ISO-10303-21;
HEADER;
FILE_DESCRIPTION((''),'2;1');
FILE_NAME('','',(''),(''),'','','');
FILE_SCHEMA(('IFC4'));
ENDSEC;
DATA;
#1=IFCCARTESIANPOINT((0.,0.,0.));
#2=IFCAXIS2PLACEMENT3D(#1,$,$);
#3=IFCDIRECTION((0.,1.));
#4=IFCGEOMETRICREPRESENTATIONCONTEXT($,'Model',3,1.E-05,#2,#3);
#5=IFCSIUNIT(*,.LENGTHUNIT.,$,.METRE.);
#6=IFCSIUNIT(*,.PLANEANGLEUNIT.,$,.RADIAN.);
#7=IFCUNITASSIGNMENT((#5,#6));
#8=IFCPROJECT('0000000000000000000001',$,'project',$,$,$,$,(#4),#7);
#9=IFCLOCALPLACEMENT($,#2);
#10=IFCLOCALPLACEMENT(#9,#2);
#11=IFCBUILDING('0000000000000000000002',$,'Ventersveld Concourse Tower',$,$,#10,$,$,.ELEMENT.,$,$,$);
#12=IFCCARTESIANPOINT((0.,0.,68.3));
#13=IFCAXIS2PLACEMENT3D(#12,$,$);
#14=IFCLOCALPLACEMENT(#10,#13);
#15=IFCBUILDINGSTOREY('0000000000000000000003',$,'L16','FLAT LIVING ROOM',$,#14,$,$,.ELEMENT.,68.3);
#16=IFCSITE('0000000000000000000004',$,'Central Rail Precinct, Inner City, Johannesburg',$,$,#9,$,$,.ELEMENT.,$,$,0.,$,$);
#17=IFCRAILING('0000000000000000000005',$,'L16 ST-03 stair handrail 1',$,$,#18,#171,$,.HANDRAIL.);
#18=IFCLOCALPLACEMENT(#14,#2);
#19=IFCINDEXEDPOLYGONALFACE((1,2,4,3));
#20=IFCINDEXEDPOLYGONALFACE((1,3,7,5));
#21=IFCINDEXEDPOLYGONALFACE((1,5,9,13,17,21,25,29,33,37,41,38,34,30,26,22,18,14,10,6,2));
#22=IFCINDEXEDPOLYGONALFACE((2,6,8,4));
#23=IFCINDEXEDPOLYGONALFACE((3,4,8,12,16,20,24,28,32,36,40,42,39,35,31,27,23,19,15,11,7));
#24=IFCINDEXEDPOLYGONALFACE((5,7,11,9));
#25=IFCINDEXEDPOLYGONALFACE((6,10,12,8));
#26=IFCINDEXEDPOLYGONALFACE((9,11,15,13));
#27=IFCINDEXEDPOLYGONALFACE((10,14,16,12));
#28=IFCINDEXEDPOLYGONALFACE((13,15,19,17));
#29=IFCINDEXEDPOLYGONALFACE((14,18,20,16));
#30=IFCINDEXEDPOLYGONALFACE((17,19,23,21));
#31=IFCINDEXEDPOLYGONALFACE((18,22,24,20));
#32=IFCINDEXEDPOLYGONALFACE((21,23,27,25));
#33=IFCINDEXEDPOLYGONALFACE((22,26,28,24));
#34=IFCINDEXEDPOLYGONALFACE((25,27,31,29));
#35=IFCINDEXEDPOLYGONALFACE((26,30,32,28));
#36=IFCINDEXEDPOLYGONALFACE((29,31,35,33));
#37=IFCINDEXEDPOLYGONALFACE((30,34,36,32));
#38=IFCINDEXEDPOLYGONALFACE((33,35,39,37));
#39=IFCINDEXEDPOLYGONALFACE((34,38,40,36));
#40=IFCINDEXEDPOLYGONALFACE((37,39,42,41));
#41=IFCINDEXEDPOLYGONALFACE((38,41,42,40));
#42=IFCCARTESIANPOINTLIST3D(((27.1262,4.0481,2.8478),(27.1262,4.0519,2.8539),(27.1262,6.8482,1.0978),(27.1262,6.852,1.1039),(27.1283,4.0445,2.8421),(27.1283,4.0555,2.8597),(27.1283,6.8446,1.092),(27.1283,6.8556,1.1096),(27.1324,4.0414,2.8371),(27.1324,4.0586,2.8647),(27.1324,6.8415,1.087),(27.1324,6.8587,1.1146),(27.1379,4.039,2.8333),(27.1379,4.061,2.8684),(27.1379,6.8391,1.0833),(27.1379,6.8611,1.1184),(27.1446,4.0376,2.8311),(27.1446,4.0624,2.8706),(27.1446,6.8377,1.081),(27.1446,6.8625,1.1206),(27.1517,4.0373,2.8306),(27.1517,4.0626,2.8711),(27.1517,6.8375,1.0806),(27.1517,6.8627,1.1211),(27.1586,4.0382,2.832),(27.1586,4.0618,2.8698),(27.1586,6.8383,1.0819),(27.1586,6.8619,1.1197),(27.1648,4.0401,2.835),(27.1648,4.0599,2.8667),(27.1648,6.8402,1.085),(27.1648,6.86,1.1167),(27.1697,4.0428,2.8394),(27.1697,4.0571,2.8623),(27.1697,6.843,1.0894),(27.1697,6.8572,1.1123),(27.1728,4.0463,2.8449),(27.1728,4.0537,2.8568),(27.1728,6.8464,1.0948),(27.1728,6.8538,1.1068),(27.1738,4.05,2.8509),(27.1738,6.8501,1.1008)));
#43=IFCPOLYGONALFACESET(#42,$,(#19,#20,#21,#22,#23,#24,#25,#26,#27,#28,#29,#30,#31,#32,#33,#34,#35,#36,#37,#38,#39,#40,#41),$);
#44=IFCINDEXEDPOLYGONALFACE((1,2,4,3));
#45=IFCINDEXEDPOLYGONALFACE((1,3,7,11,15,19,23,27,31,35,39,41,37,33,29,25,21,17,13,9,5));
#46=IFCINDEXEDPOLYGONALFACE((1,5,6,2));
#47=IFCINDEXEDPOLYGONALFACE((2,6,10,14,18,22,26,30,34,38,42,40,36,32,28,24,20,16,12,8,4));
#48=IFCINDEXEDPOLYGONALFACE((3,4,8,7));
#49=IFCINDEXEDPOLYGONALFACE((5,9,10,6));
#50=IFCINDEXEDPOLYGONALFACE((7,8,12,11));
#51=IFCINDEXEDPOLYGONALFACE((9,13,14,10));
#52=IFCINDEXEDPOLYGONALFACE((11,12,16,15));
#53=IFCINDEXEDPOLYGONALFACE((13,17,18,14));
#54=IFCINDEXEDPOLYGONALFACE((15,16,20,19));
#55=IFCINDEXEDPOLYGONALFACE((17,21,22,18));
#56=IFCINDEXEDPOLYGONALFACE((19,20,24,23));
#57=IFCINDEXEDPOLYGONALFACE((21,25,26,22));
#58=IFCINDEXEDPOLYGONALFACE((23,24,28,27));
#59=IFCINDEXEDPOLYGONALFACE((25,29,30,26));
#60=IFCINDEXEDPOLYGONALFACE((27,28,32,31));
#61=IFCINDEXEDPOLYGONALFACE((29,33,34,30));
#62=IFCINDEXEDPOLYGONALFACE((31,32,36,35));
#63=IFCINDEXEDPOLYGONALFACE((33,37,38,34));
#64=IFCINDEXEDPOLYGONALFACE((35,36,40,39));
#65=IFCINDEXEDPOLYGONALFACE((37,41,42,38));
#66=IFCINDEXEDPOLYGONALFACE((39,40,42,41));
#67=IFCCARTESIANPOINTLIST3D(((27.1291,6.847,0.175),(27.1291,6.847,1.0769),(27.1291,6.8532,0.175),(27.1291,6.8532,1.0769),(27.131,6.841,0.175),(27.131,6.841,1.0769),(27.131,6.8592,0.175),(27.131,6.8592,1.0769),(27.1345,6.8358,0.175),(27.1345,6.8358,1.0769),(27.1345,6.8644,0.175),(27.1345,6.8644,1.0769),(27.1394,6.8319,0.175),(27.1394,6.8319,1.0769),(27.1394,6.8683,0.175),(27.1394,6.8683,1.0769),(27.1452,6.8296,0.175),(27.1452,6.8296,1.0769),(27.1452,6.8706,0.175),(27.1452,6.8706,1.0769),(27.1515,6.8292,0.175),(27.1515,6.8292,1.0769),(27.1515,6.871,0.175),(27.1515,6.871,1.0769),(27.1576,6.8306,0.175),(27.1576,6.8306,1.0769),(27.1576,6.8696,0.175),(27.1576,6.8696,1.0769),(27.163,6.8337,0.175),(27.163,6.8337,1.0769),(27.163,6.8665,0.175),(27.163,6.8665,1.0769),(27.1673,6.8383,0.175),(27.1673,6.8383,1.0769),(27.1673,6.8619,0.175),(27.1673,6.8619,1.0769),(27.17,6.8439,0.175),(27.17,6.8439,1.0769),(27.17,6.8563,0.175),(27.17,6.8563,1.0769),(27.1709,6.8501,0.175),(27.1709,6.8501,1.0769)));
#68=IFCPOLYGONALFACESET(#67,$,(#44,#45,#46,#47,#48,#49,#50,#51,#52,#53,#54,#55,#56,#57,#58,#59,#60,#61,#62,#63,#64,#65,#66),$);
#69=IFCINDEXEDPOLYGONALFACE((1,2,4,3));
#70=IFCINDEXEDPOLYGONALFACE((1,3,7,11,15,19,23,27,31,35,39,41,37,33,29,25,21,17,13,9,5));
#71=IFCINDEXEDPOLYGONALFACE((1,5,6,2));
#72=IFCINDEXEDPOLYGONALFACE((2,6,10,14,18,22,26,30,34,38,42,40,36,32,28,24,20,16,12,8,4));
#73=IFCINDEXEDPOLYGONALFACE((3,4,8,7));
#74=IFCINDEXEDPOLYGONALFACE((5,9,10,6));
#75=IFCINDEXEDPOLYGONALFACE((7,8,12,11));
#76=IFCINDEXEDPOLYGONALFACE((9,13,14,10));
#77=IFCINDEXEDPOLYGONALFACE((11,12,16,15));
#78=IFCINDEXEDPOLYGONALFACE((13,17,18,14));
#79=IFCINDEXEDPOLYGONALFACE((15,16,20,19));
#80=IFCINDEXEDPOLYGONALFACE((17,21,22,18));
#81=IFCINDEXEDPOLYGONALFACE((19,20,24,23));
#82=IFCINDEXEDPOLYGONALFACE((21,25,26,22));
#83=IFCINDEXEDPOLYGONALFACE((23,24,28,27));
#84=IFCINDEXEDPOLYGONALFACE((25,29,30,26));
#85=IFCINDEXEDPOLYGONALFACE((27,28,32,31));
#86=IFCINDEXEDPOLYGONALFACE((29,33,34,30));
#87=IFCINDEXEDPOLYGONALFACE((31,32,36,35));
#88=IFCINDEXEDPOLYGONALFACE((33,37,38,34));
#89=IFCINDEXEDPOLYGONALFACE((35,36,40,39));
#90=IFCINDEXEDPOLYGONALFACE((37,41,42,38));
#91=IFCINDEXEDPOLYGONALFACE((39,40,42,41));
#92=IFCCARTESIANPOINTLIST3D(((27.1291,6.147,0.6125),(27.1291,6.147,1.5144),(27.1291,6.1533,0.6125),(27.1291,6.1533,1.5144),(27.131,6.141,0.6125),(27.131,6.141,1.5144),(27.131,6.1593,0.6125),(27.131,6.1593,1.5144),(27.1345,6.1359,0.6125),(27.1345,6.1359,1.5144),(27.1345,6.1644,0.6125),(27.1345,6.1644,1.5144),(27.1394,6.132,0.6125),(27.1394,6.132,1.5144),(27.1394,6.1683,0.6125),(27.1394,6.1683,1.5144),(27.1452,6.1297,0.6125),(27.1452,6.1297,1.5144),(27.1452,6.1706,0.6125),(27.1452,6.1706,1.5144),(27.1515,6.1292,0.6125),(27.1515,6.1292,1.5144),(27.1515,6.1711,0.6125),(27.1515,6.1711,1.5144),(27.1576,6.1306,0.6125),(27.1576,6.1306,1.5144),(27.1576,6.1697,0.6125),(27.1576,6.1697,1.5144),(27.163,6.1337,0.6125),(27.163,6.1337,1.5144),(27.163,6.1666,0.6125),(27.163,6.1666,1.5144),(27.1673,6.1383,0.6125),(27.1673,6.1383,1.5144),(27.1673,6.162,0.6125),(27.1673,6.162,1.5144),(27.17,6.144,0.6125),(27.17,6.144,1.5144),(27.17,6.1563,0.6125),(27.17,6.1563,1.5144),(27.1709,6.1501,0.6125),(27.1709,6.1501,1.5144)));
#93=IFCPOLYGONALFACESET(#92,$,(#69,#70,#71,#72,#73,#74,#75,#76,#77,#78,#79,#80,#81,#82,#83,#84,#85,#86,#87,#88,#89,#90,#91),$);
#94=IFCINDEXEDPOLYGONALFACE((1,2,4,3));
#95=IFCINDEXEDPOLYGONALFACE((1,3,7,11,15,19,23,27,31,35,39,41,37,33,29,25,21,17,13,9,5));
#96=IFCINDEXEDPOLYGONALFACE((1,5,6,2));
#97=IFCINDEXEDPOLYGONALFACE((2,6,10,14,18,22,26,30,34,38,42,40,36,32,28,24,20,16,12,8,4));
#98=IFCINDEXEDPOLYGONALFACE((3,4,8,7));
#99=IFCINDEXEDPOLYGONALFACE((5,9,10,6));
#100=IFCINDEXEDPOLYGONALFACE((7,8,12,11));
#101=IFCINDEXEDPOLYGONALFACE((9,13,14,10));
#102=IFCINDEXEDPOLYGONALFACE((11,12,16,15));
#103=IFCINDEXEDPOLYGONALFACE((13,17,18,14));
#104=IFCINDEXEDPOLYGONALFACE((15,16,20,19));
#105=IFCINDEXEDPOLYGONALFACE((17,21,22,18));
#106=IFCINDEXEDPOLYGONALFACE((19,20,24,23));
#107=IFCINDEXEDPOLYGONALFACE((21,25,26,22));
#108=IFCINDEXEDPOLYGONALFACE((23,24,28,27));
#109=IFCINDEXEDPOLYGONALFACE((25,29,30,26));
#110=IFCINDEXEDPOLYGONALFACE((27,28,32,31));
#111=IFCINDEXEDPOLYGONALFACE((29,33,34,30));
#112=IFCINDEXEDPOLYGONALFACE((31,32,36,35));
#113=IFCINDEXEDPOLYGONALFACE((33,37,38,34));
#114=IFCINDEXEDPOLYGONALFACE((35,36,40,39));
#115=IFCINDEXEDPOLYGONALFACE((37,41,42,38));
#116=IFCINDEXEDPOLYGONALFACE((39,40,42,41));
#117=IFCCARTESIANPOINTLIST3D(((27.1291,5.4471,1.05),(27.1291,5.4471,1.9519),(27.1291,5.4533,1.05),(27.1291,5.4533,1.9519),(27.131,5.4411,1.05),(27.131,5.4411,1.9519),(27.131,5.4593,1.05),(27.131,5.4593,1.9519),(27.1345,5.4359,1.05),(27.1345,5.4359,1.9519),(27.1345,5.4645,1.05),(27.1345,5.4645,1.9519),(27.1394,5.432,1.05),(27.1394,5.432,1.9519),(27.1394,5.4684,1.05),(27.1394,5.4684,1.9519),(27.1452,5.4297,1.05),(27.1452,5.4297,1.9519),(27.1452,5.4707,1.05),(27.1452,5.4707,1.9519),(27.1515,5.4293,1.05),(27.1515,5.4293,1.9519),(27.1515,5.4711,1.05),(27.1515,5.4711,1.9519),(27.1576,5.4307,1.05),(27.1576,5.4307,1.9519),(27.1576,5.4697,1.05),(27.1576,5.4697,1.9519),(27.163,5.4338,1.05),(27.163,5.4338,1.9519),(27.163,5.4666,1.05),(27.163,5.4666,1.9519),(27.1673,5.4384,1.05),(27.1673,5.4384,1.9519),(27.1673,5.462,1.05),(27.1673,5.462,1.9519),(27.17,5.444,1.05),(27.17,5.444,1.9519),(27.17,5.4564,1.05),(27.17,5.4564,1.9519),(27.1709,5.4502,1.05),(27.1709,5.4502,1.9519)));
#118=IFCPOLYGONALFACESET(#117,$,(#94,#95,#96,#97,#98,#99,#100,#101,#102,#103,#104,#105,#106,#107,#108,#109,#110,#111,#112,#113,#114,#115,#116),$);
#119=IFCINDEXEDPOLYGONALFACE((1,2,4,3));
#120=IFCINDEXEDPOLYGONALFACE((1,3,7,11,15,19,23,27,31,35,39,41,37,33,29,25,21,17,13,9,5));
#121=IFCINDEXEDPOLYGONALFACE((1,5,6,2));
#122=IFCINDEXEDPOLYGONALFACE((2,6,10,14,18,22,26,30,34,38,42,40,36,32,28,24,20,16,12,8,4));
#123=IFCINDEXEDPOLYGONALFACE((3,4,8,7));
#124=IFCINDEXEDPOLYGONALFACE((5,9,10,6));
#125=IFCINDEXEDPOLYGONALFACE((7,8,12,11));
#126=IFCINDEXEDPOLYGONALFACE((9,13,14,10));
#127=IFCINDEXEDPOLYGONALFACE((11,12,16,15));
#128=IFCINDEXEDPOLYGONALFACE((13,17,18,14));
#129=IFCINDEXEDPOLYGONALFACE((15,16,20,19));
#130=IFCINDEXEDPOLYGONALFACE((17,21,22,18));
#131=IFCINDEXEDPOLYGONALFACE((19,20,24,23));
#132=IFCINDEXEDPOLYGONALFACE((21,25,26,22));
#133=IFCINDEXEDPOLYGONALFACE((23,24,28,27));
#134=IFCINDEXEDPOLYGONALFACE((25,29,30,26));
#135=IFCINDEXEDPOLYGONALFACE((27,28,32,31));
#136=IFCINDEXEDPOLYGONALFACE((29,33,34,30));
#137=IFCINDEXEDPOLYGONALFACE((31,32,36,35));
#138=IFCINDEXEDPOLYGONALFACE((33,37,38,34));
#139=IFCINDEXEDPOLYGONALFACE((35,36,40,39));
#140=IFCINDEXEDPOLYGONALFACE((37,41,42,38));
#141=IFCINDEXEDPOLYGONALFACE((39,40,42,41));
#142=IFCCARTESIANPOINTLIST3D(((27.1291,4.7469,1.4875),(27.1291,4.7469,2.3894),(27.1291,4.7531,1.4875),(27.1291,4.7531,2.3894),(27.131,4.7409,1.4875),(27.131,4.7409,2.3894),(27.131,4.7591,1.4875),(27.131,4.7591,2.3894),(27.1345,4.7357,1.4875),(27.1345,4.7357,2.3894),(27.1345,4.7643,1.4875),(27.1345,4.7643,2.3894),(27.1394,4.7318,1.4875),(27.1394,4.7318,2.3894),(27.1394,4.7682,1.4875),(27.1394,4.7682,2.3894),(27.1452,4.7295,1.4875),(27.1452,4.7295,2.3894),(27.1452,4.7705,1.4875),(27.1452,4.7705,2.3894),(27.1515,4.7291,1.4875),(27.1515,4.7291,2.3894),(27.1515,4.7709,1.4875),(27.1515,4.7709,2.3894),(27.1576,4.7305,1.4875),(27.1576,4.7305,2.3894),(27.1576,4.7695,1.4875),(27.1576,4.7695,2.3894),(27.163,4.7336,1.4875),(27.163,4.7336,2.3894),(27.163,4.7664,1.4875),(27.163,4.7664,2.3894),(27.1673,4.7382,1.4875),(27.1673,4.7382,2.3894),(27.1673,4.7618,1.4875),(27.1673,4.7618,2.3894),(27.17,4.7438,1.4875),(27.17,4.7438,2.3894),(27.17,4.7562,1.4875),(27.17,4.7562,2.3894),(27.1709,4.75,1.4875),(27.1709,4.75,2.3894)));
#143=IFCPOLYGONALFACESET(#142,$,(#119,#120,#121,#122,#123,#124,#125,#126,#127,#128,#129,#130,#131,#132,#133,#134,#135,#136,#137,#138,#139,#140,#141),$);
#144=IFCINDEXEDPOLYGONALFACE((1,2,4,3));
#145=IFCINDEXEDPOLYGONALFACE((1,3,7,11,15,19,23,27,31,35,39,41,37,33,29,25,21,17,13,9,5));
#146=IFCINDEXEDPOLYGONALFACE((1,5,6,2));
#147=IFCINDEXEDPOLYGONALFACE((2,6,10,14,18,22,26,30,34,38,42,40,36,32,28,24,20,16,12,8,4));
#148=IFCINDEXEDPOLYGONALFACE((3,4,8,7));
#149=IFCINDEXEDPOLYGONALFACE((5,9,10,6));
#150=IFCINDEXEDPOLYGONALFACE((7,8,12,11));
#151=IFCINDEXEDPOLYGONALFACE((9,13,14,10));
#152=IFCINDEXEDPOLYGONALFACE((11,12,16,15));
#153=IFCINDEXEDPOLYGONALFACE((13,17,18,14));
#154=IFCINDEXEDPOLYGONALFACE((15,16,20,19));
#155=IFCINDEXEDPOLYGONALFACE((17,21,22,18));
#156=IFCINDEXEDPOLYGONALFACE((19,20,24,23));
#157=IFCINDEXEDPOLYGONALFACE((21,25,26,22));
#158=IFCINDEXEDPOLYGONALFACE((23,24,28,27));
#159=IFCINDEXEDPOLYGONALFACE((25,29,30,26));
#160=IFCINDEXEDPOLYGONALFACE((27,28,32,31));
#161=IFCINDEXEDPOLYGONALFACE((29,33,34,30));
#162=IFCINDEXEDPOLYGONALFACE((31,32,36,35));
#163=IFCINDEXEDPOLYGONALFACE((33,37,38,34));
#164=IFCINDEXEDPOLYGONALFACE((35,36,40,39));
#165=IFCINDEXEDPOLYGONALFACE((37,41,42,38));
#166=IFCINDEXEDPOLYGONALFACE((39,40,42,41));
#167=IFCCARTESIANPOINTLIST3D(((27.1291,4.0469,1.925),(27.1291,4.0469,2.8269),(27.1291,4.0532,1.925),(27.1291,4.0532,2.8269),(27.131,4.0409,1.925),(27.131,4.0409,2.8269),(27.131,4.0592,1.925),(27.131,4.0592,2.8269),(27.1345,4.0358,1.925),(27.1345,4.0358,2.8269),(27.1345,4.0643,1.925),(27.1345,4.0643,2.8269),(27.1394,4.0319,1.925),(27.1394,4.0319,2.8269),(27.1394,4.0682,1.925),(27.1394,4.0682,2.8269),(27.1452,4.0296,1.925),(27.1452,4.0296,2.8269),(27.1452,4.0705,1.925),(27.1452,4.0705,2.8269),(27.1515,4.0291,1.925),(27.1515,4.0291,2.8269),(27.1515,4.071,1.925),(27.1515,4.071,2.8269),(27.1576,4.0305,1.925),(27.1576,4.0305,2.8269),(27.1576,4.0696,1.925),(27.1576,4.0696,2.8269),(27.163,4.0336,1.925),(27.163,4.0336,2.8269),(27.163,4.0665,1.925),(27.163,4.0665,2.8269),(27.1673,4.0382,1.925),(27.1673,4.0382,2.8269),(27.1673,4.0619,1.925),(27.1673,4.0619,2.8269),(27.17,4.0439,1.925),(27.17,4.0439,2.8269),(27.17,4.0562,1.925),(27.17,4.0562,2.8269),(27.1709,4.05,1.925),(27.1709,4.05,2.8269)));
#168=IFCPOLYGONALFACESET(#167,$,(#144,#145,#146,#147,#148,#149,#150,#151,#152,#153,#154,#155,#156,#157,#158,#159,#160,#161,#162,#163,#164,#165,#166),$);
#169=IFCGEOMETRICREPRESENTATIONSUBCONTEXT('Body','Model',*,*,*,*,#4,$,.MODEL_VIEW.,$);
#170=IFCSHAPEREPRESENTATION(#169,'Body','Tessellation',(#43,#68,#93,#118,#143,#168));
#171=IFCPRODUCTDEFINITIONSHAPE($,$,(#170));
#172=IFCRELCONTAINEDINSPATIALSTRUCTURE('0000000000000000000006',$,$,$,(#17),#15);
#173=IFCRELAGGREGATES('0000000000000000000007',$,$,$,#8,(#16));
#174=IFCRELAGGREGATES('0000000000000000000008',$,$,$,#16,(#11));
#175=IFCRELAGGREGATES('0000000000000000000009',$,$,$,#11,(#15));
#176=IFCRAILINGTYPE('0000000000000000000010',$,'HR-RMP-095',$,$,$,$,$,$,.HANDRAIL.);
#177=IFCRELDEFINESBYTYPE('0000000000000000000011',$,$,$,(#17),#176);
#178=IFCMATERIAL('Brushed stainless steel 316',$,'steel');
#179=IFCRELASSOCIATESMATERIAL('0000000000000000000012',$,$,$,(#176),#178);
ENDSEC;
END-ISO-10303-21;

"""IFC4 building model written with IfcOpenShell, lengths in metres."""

from ifc_helpers import new_model, si_unit, direction, frame, origin, origin_2d, place, context, subcontext, project, spatial, circle, extrude, material, type_object, element, save


model = new_model("IFC4")

# Units and contexts
model_context = context("Model", 3, precision=1e-05, world=origin(), true_north=direction((0.0, 1.0)))
body_context = subcontext(model_context, "Body", "Model", "MODEL_VIEW")
ifc_project = project(units=[si_unit("LENGTHUNIT", "METRE"), si_unit("PLANEANGLEUNIT", "RADIAN")], contexts=[model_context])

# Site, building, storey
site_placement = place(None, origin())
site = spatial("IfcSite", under=ifc_project, at=site_placement, Name="Central Rail Precinct, Inner City, Johannesburg", CompositionType="ELEMENT", RefElevation=0.0)
building_placement = place(site_placement, origin())
building = spatial("IfcBuilding", under=site, at=building_placement, Name="Ventersveld Concourse Tower", CompositionType="ELEMENT")
storey_placement = place(building_placement, frame((0.0, 0.0, 68.3)))
storey = spatial("IfcBuildingStorey", under=building, at=storey_placement, Name="L16", Description="FLAT LIVING ROOM", CompositionType="ELEMENT", Elevation=68.3)

# Shared definitions
ifc_material_1 = material(Name="Brushed stainless steel 316", Category="steel")

# Railing
railing_type_1 = type_object("IfcRailingType", Name="HR-RMP-095", PredefinedType="HANDRAIL", material=ifc_material_1)
railing_1_placement = place(storey_placement, frame((27.1499, 6.8501, 0.175)))
element("IfcRailing", 1, at=railing_1_placement, inside=storey, type_object=railing_type_1, Name="L16 ST-03 stair handrail 1", PredefinedType="HANDRAIL", context=body_context, shape_type="SweptSolid", body=[
    extrude(circle(Radius=0.0239, at=origin_2d()), frame((0.0, 0.0, 0.9258), z_axis=(0.0, -0.848002, 0.529992), x_axis=(1.0, 0.0, 0.0)), (0.0, 0.0, 1.0), 3.302),
    extrude(circle(Radius=0.021, at=origin_2d()), origin(), (0.0, 0.0, 1.0), 0.9019),
    extrude(circle(Radius=0.021, at=origin_2d()), frame((0.0, -0.7, 0.4375)), (0.0, 0.0, 1.0), 0.9019),
    extrude(circle(Radius=0.021, at=origin_2d()), frame((0.0, -1.3999, 0.875)), (0.0, 0.0, 1.0), 0.9019),
    extrude(circle(Radius=0.021, at=origin_2d()), frame((0.0, -2.1001, 1.3125)), (0.0, 0.0, 1.0), 0.9019),
    extrude(circle(Radius=0.021, at=origin_2d()), frame((0.0, -2.8, 1.75)), (0.0, 0.0, 1.0), 0.9019),
])

save(model, "model.ifc")
